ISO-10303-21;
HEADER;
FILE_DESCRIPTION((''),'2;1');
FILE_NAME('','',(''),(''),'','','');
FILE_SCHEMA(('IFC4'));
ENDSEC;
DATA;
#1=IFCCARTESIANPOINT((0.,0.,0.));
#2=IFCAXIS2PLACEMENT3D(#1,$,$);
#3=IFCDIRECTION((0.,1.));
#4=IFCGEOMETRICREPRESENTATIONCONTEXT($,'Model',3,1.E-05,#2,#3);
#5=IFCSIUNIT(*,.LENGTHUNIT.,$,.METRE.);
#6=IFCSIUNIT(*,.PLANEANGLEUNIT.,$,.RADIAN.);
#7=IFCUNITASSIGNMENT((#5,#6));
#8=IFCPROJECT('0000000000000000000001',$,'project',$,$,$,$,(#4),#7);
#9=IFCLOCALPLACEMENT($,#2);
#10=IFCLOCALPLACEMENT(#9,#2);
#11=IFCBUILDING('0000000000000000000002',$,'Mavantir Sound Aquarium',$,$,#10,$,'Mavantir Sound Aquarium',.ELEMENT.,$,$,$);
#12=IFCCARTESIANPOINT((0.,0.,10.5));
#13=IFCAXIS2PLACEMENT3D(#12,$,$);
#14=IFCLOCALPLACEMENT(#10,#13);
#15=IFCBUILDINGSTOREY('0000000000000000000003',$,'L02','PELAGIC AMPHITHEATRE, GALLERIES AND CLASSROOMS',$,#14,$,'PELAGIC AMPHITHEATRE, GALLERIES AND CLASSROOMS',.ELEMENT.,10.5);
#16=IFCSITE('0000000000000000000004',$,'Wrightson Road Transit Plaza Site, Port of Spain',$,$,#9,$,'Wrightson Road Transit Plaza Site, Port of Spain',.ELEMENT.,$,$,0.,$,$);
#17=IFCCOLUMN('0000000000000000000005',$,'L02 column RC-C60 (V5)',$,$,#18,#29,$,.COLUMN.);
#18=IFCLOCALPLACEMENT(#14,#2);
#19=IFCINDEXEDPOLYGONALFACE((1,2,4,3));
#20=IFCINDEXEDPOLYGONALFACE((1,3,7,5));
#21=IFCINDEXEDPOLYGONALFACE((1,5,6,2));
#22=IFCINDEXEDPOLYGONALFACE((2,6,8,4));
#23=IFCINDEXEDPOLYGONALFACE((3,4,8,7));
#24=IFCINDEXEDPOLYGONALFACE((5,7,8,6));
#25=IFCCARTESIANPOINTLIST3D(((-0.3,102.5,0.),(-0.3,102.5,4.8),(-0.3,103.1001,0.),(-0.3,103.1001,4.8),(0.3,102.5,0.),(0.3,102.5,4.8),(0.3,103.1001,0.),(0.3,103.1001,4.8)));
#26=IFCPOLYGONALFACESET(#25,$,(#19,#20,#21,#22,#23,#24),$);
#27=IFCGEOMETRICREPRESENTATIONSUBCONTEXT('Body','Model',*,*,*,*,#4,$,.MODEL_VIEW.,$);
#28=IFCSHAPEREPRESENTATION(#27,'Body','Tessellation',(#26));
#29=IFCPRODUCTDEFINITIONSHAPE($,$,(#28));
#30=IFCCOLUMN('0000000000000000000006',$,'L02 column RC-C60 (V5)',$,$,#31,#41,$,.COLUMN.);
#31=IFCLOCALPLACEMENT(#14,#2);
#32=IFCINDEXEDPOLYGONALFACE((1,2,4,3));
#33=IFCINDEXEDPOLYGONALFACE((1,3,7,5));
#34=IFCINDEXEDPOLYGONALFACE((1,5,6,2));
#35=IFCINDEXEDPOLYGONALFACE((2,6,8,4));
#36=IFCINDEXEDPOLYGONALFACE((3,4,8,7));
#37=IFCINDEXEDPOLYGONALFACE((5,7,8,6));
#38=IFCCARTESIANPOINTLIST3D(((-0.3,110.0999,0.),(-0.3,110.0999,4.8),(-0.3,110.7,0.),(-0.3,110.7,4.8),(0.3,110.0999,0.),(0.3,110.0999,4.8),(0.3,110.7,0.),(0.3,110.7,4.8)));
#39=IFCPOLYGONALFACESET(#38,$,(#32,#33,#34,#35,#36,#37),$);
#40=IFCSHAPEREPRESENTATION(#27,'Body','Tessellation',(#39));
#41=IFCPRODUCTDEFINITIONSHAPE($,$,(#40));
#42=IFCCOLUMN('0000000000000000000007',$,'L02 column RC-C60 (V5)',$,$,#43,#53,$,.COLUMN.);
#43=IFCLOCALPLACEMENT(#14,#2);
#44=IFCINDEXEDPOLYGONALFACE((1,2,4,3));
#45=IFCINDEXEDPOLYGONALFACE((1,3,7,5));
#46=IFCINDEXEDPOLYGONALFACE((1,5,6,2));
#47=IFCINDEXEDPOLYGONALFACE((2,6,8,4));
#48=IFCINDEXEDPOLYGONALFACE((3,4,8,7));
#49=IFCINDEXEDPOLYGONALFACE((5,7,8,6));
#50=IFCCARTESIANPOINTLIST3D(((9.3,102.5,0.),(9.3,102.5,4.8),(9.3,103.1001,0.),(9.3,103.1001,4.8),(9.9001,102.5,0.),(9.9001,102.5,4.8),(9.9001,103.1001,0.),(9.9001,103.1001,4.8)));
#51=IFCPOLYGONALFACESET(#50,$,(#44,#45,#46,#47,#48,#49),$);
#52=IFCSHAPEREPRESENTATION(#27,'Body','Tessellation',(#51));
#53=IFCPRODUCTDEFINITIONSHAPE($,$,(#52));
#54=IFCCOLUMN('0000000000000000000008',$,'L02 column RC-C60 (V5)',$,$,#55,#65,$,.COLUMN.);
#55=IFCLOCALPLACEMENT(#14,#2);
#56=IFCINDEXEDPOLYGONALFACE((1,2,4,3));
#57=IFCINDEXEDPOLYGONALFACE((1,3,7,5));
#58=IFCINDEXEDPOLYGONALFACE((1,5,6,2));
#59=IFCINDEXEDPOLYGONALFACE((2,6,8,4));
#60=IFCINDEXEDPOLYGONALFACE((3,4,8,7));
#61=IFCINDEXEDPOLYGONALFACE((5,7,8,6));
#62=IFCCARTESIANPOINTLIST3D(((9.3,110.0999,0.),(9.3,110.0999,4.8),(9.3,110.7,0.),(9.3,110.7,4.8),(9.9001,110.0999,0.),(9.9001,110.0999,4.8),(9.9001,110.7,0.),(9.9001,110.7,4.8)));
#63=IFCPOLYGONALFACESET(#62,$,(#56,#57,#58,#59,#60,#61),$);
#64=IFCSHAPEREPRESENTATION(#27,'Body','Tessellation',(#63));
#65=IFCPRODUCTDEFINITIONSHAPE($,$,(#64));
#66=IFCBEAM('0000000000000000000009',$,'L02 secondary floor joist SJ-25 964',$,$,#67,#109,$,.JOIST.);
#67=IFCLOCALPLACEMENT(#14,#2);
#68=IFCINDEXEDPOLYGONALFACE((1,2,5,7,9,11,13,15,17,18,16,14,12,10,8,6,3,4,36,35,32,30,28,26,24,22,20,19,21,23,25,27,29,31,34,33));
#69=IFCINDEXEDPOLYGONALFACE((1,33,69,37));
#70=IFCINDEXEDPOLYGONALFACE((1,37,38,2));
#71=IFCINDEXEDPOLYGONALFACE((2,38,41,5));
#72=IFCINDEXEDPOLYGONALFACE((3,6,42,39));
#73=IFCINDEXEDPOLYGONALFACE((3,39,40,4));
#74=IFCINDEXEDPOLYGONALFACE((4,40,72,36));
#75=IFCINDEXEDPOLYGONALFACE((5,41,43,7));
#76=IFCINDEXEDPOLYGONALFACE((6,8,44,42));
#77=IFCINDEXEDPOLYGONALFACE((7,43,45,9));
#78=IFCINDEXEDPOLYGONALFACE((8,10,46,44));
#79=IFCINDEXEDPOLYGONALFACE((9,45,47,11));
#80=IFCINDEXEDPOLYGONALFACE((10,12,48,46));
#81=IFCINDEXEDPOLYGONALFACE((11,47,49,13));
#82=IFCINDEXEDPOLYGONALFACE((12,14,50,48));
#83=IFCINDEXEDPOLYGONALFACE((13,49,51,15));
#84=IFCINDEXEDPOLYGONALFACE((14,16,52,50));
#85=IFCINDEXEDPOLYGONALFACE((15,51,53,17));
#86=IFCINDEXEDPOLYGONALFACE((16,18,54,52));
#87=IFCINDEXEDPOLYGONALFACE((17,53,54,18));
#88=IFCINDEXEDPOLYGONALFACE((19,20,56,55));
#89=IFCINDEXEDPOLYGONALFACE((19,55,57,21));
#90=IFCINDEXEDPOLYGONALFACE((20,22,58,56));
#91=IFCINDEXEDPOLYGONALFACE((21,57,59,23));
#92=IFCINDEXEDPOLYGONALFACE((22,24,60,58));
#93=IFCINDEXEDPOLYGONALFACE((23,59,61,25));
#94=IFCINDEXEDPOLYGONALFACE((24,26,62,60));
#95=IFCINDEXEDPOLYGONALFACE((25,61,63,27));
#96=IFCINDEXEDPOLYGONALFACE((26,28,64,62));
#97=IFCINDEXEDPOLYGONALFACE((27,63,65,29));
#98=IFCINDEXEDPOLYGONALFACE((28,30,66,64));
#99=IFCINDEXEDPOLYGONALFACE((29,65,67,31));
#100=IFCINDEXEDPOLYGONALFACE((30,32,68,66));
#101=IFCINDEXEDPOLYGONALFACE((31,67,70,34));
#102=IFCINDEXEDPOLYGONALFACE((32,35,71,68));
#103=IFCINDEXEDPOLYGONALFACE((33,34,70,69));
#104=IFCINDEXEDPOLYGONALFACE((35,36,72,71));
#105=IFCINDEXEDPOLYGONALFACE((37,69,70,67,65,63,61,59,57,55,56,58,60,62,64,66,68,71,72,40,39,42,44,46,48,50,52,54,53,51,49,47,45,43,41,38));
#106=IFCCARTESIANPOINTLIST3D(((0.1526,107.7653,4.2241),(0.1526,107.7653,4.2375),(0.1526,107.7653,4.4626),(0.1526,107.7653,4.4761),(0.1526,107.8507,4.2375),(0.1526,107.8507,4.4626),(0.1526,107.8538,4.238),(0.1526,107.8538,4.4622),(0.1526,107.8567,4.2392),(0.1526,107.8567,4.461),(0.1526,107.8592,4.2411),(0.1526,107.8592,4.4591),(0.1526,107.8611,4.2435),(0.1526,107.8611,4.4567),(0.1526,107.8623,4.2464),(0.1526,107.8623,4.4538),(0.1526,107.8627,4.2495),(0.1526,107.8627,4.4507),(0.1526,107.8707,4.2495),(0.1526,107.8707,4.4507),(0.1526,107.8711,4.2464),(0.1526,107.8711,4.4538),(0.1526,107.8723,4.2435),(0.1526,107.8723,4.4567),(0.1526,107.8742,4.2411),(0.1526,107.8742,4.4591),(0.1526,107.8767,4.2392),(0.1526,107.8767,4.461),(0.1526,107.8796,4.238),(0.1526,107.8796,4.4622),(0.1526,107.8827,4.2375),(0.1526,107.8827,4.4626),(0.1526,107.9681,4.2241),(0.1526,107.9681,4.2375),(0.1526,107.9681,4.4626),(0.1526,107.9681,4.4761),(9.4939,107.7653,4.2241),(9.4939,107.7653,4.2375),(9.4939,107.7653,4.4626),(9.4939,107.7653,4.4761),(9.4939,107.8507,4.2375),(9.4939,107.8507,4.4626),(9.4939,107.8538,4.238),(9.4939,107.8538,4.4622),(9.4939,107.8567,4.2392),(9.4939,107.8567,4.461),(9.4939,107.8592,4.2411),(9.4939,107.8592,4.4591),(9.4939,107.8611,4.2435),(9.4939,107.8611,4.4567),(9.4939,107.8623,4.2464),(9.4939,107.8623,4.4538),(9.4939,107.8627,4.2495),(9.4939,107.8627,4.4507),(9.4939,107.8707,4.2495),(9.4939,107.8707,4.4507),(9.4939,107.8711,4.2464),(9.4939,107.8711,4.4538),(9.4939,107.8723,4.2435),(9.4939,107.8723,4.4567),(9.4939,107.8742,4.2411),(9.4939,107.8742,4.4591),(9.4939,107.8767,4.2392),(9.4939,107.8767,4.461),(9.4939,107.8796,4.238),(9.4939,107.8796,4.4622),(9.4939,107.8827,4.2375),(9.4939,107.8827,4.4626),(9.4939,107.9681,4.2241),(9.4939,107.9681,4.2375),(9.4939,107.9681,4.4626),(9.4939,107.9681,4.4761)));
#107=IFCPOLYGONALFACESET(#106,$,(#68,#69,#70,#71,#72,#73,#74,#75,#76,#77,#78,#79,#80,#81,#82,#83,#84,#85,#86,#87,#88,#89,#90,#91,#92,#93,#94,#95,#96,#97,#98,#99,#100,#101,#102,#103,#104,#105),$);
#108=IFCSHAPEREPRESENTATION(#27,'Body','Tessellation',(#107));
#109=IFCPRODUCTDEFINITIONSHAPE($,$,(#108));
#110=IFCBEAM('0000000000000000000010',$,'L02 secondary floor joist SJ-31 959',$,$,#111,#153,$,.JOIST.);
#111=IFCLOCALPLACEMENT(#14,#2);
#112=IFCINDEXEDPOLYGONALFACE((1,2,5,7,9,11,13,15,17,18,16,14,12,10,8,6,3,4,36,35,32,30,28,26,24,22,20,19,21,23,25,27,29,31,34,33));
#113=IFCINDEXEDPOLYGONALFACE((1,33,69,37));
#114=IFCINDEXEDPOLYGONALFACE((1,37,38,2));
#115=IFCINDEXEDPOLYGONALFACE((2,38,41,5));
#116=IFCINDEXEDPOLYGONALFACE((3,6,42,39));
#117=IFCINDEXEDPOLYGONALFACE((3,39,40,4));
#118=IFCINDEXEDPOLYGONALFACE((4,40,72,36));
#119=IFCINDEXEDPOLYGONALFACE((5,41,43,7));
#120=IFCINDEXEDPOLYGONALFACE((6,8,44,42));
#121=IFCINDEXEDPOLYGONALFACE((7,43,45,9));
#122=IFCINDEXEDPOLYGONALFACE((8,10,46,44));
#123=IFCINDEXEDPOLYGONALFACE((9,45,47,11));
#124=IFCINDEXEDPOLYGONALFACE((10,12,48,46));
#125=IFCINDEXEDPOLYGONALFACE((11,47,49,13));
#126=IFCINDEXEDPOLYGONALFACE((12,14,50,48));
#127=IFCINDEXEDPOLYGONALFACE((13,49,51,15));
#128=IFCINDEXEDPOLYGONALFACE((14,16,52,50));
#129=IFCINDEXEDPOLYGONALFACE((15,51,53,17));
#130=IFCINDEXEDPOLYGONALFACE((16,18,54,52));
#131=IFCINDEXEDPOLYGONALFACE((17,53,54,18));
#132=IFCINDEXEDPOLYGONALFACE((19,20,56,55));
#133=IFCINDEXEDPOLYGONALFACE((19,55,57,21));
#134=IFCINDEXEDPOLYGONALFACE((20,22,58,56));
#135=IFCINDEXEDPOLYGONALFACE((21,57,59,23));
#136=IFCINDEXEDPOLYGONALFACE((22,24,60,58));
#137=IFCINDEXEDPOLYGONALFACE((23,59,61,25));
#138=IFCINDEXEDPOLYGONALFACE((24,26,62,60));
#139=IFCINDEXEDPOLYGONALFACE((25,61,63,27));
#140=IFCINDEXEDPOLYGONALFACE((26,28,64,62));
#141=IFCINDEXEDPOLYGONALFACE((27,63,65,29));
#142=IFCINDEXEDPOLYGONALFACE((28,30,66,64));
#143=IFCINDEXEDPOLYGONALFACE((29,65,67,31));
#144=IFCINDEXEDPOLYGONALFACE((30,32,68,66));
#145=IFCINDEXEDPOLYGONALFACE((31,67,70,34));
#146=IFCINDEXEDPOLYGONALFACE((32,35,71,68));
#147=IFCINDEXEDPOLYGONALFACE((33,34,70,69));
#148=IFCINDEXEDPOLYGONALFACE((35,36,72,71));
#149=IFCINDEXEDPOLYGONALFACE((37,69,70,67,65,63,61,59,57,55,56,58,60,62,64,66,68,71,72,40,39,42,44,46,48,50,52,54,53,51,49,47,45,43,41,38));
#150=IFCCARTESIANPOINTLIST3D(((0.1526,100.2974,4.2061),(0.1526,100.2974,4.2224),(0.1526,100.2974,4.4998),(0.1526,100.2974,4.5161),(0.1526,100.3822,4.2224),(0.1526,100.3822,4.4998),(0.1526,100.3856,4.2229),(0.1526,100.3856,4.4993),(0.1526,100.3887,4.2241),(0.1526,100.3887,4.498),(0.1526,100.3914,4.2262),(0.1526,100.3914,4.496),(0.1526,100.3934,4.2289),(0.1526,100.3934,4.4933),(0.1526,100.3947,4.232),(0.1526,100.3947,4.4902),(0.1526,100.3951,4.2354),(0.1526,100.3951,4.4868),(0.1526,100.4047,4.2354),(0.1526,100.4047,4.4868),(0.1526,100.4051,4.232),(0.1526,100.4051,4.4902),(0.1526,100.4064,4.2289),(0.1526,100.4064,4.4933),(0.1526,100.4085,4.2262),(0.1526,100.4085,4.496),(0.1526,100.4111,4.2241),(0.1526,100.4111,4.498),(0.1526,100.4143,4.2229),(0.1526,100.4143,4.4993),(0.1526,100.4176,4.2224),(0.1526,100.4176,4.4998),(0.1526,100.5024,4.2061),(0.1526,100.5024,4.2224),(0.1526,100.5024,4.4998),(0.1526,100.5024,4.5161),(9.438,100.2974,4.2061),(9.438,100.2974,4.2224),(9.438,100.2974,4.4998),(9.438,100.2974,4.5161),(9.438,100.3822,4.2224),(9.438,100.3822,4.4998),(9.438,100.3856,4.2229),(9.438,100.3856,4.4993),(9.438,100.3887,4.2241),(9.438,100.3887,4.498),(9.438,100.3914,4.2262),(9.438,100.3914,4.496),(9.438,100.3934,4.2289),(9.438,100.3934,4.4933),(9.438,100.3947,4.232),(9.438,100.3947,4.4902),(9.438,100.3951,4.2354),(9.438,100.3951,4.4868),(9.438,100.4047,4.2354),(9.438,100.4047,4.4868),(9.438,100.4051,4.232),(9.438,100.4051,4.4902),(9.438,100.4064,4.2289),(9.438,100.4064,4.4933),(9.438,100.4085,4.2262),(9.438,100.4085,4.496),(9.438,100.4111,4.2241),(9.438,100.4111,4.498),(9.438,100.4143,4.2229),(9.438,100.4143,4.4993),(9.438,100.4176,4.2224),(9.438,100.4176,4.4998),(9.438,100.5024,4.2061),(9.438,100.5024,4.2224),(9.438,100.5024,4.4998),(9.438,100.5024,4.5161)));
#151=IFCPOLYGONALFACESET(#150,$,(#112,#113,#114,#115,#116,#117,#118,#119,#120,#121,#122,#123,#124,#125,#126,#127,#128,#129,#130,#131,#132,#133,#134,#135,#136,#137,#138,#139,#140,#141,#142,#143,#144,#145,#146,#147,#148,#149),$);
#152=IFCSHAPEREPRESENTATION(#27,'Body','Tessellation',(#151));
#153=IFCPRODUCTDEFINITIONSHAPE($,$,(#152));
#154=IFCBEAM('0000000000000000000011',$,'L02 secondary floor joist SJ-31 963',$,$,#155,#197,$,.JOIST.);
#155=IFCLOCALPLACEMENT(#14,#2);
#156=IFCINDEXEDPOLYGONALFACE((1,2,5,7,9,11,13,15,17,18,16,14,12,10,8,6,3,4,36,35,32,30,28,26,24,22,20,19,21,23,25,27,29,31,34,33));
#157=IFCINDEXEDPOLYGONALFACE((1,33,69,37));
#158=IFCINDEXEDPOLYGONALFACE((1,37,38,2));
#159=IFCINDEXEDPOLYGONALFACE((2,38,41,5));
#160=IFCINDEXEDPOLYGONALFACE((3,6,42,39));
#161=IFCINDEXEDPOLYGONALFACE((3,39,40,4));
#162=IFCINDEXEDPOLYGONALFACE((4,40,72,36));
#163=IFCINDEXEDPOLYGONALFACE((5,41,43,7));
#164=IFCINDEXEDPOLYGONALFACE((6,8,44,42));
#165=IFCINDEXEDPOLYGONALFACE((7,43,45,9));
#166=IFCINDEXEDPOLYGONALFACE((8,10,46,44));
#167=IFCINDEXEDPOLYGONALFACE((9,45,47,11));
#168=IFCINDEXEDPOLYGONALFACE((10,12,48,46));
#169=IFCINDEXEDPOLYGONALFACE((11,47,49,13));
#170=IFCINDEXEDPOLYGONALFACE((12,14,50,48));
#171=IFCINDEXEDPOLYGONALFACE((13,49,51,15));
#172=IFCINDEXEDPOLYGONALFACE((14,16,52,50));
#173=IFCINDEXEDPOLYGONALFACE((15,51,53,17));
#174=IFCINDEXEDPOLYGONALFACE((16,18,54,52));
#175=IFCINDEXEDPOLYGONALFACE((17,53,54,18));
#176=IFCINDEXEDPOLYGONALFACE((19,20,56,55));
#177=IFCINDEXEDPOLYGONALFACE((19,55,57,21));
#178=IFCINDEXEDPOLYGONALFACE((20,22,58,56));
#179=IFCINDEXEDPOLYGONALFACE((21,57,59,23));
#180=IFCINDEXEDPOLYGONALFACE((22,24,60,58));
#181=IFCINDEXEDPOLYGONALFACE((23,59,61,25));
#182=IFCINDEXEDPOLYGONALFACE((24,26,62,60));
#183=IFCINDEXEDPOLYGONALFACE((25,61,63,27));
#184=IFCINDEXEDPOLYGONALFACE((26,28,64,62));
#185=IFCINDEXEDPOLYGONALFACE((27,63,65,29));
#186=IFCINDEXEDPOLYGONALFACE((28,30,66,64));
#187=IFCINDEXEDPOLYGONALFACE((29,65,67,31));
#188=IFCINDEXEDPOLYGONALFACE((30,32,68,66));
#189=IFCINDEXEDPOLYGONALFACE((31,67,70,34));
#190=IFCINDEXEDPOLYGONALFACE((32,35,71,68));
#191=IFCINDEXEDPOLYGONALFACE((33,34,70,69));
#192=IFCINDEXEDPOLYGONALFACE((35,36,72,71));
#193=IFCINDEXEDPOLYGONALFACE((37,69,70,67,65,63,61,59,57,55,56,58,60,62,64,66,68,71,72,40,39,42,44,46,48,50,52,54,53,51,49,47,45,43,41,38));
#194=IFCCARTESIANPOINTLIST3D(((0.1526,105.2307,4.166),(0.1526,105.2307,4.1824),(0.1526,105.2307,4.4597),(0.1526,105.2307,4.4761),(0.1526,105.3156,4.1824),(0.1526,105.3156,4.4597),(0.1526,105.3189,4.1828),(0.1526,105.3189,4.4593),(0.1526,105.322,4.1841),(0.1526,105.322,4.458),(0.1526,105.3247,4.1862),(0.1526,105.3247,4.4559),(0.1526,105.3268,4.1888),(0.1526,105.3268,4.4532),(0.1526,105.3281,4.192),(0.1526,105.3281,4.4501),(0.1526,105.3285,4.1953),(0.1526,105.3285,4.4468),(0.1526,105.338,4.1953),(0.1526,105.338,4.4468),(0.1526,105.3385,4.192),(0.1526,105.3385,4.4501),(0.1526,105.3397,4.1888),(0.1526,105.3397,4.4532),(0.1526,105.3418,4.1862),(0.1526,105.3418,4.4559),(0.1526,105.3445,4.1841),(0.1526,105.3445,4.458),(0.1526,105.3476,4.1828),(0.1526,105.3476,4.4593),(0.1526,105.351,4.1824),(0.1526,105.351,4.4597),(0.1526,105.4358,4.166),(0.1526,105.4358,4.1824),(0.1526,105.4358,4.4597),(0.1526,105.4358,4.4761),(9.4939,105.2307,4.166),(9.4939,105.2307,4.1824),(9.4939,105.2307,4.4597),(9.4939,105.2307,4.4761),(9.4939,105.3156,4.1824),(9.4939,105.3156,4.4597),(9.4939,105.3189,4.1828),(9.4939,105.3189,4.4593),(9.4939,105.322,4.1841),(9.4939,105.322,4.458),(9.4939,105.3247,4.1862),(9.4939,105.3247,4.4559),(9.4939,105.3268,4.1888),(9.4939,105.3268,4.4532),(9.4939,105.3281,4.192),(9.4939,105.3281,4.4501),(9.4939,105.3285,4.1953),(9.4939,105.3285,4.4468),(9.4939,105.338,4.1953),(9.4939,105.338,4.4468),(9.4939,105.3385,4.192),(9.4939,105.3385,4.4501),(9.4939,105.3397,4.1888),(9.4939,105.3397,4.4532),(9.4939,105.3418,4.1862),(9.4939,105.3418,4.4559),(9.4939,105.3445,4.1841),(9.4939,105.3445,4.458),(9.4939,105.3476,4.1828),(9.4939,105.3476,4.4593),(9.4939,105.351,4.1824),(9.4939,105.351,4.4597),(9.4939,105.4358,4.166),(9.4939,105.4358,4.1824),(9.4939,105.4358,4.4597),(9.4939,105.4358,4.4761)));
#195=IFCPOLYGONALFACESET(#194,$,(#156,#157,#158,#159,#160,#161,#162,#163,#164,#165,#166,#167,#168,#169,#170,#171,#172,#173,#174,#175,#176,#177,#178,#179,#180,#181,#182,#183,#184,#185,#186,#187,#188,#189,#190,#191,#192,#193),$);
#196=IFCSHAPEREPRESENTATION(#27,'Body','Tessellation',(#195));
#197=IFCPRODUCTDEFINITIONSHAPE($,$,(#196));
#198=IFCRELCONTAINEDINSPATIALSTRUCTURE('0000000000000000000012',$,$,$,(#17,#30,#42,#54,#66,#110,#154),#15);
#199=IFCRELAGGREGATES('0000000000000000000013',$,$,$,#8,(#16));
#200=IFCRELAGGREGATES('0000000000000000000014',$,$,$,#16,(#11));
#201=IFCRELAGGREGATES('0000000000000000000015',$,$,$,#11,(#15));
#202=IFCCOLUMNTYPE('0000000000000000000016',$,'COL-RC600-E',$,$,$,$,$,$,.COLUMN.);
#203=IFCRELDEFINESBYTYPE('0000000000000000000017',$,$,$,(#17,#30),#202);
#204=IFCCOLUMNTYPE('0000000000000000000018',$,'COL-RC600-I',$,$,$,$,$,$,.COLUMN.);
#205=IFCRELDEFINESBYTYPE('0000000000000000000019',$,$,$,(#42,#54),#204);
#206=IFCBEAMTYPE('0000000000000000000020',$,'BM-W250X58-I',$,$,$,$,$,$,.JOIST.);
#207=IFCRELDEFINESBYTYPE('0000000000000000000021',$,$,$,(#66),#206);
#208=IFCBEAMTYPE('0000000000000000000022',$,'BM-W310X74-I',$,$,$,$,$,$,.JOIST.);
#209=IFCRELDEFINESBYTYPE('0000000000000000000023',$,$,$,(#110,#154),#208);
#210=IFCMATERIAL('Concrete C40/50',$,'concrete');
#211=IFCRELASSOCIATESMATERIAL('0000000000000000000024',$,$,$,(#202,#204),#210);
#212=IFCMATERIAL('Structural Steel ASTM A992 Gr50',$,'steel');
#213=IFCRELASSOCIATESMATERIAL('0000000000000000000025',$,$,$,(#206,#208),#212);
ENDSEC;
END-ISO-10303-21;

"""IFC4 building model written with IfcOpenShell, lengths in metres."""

from ifc_helpers import new_model, si_unit, direction, frame, origin, origin_2d, place, context, subcontext, project, spatial, rectangle, i_section, extrude, material, material_profile, profile_set, type_object, element, save


model = new_model("IFC4")

# Units and contexts
model_context = context("Model", 3, precision=1e-05, world=origin(), true_north=direction((0.0, 1.0)))
body_context = subcontext(model_context, "Body", "Model", "MODEL_VIEW")
ifc_project = project(units=[si_unit("LENGTHUNIT", "METRE"), si_unit("PLANEANGLEUNIT", "RADIAN")], contexts=[model_context])

# Site, building, storey
site_placement = place(None, origin())
site = spatial("IfcSite", under=ifc_project, at=site_placement, Name="Wrightson Road Transit Plaza Site, Port of Spain", LongName="Wrightson Road Transit Plaza Site, Port of Spain", CompositionType="ELEMENT", RefElevation=0.0)
building_placement = place(site_placement, origin())
building = spatial("IfcBuilding", under=site, at=building_placement, Name="Mavantir Sound Aquarium", LongName="Mavantir Sound Aquarium", CompositionType="ELEMENT")
storey_placement = place(building_placement, frame((0.0, 0.0, 10.5)))
storey = spatial("IfcBuildingStorey", under=building, at=storey_placement, Name="L02", Description="PELAGIC AMPHITHEATRE, GALLERIES AND CLASSROOMS", LongName="PELAGIC AMPHITHEATRE, GALLERIES AND CLASSROOMS", CompositionType="ELEMENT", Elevation=10.5)

# Columns
ifc_material_1 = material(Name="Concrete C40/50", Category="concrete")
ifc_material_profile_1 = material_profile(ifc_material_1, rectangle(XDim=0.6001, YDim=0.6001, at=origin_2d()), Name="RC 600X600")
ifc_profile_set_1 = profile_set([ifc_material_profile_1], Name="Concrete C40/50")
column_type_1 = type_object("IfcColumnType", Name="COL-RC600-E", PredefinedType="COLUMN", material=ifc_profile_set_1)
for number, where, z_axis, x_axis, name in (
    (1, (0.0, 102.8, 0.0), (0.0, 0.0, 1.0), (1.0, 0.0, 0.0), "L02 column RC-C60 (V5)"),
    (2, (0.0, 110.3999, 0.0), (0.0, 0.0, 1.0), (1.0, 0.0, 0.0), "L02 column RC-C60 (V5)"),
):
    element("IfcColumn", number, at=place(storey_placement, frame(where, z_axis=z_axis, x_axis=x_axis)), inside=storey, type_object=column_type_1, Name=name, PredefinedType="COLUMN", context=body_context, shape_type="SweptSolid", body=[
        extrude(rectangle(XDim=0.6001, YDim=0.6001, at=origin_2d()), origin(), (0.0, 0.0, 1.0), 4.8),
    ])
ifc_material_profile_2 = material_profile(ifc_material_1, rectangle(XDim=0.6001, YDim=0.6001, at=origin_2d()), Name="RC 600X600")
ifc_profile_set_2 = profile_set([ifc_material_profile_2], Name="Concrete C40/50")
column_type_2 = type_object("IfcColumnType", Name="COL-RC600-I", PredefinedType="COLUMN", material=ifc_profile_set_2)
for number, where, z_axis, x_axis, name in (
    (3, (9.6001, 102.8, 0.0), (0.0, 0.0, 1.0), (1.0, 0.0, 0.0), "L02 column RC-C60 (V5)"),
    (4, (9.6001, 110.3999, 0.0), (0.0, 0.0, 1.0), (1.0, 0.0, 0.0), "L02 column RC-C60 (V5)"),
):
    element("IfcColumn", number, at=place(storey_placement, frame(where, z_axis=z_axis, x_axis=x_axis)), inside=storey, type_object=column_type_2, Name=name, PredefinedType="COLUMN", context=body_context, shape_type="SweptSolid", body=[
        extrude(rectangle(XDim=0.6001, YDim=0.6001, at=origin_2d()), origin(), (0.0, 0.0, 1.0), 4.8),
    ])

# Beams
ifc_material_2 = material(Name="Structural Steel ASTM A992 Gr50", Category="steel")
ifc_material_profile_3 = material_profile(ifc_material_2, i_section(OverallWidth=0.2029, OverallDepth=0.252, WebThickness=0.0081, FlangeThickness=0.0134, FilletRadius=0.012, at=origin_2d()), Name="W250X58")
ifc_profile_set_3 = profile_set([ifc_material_profile_3], Name="Structural Steel ASTM A992 Gr50")
beam_type_1 = type_object("IfcBeamType", Name="BM-W250X58-I", PredefinedType="JOIST", material=ifc_profile_set_3)
beam_1_placement = place(storey_placement, frame((0.1526, 107.8667, 4.3501), z_axis=(1.0, 0.0, 0.0), x_axis=(0.0, 1.0, 0.0)))
element("IfcBeam", 5, at=beam_1_placement, inside=storey, type_object=beam_type_1, Name="L02 secondary floor joist SJ-25 964", PredefinedType="JOIST", context=body_context, shape_type="SweptSolid", body=[
    extrude(i_section(OverallWidth=0.2029, OverallDepth=0.252, WebThickness=0.0081, FlangeThickness=0.0134, FilletRadius=0.012, at=origin_2d()), origin(), (0.0, 0.0, 1.0), 9.3413),
])
ifc_material_profile_4 = material_profile(ifc_material_2, i_section(OverallWidth=0.2051, OverallDepth=0.3101, WebThickness=0.0095, FlangeThickness=0.0164, FilletRadius=0.0129, at=origin_2d()), Name="W310X74")
ifc_profile_set_4 = profile_set([ifc_material_profile_4], Name="Structural Steel ASTM A992 Gr50")
beam_type_2 = type_object("IfcBeamType", Name="BM-W310X74-I", PredefinedType="JOIST", material=ifc_profile_set_4)
beam_2_placement = place(storey_placement, frame((0.1526, 100.3999, 4.3611), z_axis=(1.0, 0.0, 0.0), x_axis=(0.0, 1.0, 0.0)))
element("IfcBeam", 6, at=beam_2_placement, inside=storey, type_object=beam_type_2, Name="L02 secondary floor joist SJ-31 959", PredefinedType="JOIST", context=body_context, shape_type="SweptSolid", body=[
    extrude(i_section(OverallWidth=0.2051, OverallDepth=0.3101, WebThickness=0.0095, FlangeThickness=0.0164, FilletRadius=0.0129, at=origin_2d()), origin(), (0.0, 0.0, 1.0), 9.2854),
])
beam_3_placement = place(storey_placement, frame((0.1526, 105.3333, 4.321), z_axis=(1.0, 0.0, 0.0), x_axis=(0.0, 1.0, 0.0)))
element("IfcBeam", 7, at=beam_3_placement, inside=storey, type_object=beam_type_2, Name="L02 secondary floor joist SJ-31 963", PredefinedType="JOIST", context=body_context, shape_type="SweptSolid", body=[
    extrude(i_section(OverallWidth=0.2051, OverallDepth=0.3101, WebThickness=0.0095, FlangeThickness=0.0164, FilletRadius=0.0129, at=origin_2d()), origin(), (0.0, 0.0, 1.0), 9.3413),
])

save(model, "model.ifc")
